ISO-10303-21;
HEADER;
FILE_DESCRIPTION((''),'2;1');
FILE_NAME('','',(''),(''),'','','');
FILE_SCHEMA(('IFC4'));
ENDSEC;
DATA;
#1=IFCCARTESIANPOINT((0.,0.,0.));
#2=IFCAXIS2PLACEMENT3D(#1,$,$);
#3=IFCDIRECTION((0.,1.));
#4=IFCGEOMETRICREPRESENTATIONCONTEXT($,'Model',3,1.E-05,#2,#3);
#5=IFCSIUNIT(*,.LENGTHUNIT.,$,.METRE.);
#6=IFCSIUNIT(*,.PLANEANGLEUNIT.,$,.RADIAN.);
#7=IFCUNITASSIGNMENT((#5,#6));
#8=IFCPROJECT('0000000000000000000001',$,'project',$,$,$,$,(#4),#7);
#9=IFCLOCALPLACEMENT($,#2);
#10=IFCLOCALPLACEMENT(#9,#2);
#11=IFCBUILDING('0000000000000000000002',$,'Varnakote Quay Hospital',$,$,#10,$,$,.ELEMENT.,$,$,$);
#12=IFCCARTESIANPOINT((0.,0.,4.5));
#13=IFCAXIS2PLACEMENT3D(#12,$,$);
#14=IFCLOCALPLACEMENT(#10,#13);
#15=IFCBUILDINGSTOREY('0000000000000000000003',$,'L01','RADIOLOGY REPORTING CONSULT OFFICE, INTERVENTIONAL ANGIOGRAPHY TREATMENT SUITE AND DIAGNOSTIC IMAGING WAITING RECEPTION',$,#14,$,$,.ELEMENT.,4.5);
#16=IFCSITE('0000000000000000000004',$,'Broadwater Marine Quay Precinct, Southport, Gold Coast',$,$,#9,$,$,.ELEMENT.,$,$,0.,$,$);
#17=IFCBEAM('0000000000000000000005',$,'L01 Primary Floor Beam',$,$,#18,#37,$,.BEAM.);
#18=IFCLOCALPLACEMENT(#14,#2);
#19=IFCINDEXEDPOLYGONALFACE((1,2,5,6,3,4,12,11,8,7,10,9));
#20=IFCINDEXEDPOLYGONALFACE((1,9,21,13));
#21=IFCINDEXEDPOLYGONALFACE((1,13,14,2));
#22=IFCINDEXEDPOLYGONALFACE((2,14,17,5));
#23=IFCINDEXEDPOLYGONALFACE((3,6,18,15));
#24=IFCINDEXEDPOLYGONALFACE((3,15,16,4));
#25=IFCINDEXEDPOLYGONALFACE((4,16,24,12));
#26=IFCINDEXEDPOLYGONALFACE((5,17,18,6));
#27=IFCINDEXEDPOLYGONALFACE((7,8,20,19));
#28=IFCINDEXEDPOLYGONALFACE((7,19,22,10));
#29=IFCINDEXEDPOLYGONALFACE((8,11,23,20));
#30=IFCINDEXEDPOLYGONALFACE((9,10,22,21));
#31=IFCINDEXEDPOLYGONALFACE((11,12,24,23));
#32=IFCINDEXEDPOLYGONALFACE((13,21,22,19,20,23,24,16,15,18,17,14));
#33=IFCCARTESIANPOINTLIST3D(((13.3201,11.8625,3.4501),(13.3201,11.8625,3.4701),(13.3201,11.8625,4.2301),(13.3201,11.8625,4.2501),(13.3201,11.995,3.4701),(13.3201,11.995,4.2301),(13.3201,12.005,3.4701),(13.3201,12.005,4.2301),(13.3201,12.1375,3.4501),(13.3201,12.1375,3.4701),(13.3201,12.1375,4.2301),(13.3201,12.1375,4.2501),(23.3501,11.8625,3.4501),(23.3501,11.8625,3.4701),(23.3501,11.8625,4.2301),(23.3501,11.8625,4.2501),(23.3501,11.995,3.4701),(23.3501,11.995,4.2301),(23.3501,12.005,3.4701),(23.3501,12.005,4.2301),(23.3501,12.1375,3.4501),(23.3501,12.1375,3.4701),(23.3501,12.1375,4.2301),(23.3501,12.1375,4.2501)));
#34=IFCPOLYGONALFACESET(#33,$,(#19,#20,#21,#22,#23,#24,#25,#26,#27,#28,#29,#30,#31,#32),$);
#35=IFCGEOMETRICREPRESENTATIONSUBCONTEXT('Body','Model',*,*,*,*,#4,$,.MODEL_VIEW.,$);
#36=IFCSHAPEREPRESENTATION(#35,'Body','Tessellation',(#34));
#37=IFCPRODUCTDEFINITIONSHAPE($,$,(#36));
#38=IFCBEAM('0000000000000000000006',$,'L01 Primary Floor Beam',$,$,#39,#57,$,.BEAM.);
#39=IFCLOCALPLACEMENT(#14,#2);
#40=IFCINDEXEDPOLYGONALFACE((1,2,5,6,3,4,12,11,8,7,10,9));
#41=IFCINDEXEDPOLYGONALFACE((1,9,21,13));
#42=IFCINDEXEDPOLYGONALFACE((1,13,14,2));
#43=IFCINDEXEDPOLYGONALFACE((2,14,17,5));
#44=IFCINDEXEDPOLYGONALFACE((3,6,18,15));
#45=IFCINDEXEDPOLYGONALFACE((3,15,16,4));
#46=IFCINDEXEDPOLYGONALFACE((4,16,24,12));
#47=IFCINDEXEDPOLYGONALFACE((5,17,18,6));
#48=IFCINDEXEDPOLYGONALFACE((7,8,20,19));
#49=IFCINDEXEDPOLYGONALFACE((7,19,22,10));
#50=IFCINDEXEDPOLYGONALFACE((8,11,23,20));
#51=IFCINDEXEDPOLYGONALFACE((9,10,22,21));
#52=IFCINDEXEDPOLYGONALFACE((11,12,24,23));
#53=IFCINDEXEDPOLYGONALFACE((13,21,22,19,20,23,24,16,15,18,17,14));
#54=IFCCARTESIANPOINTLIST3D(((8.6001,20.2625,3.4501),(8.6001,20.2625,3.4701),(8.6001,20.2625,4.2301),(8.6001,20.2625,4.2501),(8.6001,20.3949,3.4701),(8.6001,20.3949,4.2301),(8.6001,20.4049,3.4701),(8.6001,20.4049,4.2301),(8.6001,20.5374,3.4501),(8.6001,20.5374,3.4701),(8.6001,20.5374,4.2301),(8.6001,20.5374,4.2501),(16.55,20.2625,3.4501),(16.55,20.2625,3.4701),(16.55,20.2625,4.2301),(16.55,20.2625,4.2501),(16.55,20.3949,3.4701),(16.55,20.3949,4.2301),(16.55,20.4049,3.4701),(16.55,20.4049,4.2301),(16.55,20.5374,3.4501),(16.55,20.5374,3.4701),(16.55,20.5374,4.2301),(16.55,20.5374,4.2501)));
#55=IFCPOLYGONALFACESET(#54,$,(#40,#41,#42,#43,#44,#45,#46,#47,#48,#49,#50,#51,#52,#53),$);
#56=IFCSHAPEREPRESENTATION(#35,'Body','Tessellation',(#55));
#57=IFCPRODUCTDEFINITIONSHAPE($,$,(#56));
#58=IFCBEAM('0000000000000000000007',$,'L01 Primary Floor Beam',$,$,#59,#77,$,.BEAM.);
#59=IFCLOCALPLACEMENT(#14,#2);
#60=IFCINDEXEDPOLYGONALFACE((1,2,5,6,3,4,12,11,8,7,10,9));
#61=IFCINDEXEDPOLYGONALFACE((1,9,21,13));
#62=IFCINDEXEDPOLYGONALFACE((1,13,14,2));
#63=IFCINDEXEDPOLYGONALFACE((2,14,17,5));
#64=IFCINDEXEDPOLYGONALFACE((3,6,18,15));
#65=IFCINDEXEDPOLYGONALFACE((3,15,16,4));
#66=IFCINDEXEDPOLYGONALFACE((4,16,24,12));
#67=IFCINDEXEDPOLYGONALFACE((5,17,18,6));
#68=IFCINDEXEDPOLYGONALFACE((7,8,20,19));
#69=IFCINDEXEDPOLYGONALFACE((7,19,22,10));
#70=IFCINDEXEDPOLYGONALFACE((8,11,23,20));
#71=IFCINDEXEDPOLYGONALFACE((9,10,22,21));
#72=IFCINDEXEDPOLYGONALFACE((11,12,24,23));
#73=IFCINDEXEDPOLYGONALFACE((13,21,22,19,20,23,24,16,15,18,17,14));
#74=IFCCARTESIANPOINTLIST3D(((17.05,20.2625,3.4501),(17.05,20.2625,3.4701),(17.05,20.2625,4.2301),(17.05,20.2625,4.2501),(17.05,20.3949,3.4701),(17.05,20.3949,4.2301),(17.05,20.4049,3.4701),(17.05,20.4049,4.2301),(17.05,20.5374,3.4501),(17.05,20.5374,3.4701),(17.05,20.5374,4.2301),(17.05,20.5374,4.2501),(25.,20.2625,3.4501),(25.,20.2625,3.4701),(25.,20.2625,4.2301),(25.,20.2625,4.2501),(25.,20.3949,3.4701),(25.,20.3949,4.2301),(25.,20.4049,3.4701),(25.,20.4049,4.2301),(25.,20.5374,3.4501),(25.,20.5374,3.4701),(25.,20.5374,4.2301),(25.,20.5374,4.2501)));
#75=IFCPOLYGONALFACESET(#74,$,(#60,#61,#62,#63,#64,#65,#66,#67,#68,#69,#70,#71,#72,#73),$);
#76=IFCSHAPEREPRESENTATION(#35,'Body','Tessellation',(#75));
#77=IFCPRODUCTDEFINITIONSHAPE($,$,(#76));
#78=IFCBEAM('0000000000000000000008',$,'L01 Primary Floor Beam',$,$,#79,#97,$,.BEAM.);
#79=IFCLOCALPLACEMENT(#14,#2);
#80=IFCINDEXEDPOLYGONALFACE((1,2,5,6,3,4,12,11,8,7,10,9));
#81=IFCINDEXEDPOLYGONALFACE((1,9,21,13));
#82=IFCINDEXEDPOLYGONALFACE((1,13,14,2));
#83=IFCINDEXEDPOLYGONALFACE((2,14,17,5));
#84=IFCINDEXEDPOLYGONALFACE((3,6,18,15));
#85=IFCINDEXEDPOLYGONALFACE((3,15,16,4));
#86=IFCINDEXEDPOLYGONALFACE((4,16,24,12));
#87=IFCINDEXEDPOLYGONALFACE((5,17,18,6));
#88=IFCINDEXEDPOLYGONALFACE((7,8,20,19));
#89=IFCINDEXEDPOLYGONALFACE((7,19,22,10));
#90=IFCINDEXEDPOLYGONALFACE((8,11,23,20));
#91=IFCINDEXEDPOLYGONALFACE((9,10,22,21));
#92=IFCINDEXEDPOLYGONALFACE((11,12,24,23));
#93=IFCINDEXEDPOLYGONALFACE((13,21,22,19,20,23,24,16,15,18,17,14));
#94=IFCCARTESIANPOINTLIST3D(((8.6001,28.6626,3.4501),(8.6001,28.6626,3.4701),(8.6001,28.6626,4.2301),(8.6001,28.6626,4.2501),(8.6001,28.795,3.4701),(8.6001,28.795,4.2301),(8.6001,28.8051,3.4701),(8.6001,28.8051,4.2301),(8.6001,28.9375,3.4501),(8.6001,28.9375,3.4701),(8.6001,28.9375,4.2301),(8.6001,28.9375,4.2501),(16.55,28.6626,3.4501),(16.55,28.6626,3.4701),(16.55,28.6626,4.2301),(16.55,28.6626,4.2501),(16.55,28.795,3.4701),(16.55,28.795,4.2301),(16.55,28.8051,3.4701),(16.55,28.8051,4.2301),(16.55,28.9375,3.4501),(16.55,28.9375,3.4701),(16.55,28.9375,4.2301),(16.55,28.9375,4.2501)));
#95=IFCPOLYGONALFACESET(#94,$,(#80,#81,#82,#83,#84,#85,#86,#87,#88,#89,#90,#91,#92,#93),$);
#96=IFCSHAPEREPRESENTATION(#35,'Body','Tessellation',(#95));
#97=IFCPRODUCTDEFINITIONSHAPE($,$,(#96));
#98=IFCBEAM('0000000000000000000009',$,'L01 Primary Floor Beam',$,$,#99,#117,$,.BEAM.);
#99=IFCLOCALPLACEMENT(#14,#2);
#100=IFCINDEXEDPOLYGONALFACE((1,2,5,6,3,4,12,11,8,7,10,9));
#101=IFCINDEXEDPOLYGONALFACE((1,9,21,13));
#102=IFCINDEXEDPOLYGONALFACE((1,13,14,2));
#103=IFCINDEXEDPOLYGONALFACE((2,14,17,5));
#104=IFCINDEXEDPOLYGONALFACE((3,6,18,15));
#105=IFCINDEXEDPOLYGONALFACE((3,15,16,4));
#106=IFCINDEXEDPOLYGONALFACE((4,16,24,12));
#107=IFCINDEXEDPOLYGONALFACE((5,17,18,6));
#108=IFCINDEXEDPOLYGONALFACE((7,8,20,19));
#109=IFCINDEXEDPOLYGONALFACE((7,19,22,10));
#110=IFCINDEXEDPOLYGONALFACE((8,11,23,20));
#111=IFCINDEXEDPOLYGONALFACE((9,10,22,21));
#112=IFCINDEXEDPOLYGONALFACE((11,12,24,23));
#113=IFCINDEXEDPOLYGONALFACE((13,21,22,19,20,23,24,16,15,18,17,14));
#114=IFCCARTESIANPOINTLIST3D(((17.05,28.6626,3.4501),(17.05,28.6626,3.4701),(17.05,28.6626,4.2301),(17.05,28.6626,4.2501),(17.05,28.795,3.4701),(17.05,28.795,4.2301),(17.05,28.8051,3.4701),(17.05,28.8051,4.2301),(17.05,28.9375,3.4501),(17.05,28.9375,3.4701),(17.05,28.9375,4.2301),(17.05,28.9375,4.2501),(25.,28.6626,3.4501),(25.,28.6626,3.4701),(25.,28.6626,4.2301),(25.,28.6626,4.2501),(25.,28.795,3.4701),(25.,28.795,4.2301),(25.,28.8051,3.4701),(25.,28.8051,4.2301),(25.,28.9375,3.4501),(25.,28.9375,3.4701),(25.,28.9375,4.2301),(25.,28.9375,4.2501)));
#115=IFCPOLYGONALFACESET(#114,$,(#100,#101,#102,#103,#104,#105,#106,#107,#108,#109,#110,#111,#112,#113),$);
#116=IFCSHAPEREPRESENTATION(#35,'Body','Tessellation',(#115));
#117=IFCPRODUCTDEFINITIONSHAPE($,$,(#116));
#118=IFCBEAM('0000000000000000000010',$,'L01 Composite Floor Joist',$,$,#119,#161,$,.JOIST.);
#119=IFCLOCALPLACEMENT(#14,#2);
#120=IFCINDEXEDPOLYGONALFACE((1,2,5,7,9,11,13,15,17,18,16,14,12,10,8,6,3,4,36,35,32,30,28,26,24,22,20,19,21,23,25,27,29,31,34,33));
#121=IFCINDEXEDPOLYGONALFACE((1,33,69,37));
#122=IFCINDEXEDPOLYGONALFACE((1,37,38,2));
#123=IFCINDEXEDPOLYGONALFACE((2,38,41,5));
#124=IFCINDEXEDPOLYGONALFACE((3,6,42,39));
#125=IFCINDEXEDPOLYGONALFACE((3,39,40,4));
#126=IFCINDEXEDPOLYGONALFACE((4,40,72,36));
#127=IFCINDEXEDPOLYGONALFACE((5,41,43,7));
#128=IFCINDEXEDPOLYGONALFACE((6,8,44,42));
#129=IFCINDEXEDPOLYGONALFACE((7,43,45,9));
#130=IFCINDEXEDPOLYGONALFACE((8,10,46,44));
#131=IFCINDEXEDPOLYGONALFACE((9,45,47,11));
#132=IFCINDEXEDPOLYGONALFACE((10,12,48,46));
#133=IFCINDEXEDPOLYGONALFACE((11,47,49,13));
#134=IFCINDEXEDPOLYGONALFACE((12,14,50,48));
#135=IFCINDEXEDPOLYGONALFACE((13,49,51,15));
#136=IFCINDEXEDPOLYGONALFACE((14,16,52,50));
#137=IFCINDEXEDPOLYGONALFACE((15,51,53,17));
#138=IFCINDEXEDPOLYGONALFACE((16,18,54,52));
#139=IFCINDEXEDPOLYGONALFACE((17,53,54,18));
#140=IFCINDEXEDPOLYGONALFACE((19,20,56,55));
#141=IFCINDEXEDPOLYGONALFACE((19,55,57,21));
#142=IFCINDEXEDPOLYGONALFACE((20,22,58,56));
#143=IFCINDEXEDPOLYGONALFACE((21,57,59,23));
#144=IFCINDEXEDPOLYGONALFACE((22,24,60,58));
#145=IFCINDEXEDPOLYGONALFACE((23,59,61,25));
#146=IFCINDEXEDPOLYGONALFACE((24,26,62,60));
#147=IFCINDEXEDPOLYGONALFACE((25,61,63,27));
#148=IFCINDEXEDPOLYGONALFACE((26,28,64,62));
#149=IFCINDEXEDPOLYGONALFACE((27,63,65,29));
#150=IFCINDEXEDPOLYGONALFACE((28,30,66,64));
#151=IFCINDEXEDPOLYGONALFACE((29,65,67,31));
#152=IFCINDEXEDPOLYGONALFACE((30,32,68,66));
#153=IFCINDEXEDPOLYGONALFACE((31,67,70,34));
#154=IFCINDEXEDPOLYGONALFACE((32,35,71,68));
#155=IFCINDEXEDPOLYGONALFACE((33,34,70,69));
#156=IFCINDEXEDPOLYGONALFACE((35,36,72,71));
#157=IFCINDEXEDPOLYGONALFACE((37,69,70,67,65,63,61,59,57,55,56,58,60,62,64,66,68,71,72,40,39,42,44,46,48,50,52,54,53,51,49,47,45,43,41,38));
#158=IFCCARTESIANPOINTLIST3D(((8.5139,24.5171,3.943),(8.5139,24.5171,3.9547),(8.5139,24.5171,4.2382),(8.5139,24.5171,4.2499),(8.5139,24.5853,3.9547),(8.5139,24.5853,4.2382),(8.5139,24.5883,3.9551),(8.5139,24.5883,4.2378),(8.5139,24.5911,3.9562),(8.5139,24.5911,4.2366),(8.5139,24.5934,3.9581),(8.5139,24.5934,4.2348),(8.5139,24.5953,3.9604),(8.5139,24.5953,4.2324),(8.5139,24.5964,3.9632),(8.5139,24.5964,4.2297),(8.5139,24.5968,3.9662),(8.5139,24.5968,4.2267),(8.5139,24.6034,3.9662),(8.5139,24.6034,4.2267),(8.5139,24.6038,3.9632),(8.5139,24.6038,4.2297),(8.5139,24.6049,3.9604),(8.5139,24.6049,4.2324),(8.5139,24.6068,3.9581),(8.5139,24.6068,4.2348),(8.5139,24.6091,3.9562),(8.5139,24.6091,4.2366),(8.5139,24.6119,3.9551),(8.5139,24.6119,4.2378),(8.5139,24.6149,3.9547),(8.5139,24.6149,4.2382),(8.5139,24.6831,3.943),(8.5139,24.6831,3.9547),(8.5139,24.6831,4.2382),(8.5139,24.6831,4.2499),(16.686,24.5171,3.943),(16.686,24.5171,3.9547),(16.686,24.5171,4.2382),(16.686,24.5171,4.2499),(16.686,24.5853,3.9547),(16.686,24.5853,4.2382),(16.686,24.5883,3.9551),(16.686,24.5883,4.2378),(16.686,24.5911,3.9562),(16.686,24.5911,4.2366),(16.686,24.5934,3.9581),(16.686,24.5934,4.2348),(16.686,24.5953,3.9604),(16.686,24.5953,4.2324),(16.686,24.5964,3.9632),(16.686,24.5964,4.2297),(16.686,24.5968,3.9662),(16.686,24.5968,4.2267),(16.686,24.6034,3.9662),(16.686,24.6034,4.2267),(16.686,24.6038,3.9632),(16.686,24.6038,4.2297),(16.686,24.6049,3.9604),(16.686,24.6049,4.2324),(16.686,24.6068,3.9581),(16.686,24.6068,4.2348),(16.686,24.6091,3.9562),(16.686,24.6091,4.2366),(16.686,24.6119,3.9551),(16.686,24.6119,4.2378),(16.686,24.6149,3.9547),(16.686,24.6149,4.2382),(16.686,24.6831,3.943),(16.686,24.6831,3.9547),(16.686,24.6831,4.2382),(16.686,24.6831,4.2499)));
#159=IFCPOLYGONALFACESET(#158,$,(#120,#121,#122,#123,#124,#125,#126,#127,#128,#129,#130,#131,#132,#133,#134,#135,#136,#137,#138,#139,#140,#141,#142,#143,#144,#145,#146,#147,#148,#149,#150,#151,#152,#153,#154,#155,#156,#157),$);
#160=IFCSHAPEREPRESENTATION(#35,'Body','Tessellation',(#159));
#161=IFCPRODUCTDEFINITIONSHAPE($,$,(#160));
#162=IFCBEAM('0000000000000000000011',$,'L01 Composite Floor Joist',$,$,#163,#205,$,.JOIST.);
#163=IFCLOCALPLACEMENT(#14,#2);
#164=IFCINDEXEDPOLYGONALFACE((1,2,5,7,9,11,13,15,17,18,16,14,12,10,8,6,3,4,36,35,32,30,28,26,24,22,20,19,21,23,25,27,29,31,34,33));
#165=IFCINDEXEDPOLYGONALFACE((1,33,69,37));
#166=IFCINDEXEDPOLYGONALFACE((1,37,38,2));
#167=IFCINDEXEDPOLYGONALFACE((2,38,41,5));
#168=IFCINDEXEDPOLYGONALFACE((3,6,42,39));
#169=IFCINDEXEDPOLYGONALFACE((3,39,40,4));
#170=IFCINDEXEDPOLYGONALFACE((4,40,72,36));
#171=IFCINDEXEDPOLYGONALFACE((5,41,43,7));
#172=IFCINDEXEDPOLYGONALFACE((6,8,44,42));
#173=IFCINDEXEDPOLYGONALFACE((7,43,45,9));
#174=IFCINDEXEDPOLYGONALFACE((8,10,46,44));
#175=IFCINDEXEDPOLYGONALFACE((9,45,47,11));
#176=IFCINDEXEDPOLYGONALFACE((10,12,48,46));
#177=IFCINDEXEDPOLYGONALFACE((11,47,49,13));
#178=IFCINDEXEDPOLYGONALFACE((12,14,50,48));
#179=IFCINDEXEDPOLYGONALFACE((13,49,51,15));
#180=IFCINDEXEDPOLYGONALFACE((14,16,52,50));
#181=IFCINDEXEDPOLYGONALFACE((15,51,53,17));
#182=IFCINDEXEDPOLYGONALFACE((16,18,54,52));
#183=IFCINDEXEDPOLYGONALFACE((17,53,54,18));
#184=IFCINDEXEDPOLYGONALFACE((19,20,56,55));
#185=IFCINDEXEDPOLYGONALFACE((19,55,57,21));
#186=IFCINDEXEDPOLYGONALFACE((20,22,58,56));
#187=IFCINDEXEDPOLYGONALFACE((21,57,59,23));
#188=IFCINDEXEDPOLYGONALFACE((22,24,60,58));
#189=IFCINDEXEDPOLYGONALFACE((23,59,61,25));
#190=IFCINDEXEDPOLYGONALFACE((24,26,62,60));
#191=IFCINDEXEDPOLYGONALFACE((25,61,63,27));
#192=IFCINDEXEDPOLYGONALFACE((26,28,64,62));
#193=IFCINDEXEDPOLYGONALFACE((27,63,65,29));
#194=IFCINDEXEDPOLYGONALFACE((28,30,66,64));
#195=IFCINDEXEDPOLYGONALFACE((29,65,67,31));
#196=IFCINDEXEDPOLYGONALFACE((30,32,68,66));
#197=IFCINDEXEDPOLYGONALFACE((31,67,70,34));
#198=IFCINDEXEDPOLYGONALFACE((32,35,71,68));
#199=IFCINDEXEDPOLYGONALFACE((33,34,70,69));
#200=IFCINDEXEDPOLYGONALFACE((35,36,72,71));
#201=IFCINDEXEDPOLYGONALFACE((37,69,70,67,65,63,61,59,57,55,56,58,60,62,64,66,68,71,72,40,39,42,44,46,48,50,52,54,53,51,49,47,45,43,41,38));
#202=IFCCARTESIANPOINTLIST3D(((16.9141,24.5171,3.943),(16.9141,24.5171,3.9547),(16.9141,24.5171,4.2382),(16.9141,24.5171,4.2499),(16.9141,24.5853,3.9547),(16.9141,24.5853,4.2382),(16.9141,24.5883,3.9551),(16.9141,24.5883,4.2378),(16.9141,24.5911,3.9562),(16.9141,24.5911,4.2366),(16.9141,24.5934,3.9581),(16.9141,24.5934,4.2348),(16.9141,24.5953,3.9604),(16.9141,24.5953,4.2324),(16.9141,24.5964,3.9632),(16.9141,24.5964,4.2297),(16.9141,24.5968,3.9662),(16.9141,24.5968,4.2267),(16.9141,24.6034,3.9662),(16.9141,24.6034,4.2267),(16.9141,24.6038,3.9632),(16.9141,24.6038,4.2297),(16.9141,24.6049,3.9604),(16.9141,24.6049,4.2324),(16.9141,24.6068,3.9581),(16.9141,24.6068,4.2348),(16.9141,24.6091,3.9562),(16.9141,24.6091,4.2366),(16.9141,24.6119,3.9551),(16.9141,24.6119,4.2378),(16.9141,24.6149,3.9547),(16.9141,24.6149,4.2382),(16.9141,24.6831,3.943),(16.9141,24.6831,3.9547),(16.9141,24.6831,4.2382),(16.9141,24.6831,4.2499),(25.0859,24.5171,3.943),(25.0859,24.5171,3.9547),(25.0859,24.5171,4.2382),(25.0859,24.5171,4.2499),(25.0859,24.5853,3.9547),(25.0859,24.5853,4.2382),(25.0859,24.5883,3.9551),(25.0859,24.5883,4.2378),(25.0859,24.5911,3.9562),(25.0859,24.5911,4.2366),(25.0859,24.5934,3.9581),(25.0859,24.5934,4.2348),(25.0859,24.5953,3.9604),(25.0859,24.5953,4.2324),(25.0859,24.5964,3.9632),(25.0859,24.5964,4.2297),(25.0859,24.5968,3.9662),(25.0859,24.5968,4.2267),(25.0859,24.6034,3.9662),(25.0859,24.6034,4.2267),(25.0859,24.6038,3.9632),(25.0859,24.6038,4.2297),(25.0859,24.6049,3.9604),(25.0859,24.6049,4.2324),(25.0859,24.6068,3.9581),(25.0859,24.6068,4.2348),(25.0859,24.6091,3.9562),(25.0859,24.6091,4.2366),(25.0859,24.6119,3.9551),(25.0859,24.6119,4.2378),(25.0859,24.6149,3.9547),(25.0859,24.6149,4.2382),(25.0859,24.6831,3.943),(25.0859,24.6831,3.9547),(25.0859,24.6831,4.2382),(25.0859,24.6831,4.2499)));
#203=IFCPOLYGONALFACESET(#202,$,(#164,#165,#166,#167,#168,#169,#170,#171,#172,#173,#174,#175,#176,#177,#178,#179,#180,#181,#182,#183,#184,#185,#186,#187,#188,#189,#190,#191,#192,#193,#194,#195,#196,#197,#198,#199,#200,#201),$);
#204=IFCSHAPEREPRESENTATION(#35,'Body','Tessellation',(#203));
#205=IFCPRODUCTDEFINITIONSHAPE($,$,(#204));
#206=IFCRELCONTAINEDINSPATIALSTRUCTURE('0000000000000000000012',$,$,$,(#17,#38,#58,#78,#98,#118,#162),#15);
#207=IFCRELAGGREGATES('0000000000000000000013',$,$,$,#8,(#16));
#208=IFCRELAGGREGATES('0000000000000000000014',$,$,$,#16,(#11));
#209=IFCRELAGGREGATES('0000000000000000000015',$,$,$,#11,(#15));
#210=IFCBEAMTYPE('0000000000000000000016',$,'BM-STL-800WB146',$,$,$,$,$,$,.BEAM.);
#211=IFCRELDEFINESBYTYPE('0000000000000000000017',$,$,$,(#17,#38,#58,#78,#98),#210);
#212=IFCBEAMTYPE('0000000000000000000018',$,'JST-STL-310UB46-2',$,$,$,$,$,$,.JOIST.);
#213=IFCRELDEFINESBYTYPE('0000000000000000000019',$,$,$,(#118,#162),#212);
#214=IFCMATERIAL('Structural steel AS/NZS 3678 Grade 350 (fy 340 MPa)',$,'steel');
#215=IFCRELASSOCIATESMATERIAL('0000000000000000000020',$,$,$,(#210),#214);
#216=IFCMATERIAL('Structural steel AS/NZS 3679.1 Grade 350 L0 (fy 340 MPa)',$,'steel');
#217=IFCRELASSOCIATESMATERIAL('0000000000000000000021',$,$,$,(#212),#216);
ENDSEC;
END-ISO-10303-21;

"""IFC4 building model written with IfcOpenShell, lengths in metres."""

from ifc_helpers import new_model, si_unit, direction, frame, origin, origin_2d, place, context, subcontext, project, spatial, i_section, extrude, material, material_profile, profile_set, type_object, element, save


model = new_model("IFC4")

# Units and contexts
model_context = context("Model", 3, precision=1e-05, world=origin(), true_north=direction((0.0, 1.0)))
body_context = subcontext(model_context, "Body", "Model", "MODEL_VIEW")
ifc_project = project(units=[si_unit("LENGTHUNIT", "METRE"), si_unit("PLANEANGLEUNIT", "RADIAN")], contexts=[model_context])

# Site, building, storey
site_placement = place(None, origin())
site = spatial("IfcSite", under=ifc_project, at=site_placement, Name="Broadwater Marine Quay Precinct, Southport, Gold Coast", CompositionType="ELEMENT", RefElevation=0.0)
building_placement = place(site_placement, origin())
building = spatial("IfcBuilding", under=site, at=building_placement, Name="Varnakote Quay Hospital", CompositionType="ELEMENT")
storey_placement = place(building_placement, frame((0.0, 0.0, 4.5)))
storey = spatial("IfcBuildingStorey", under=building, at=storey_placement, Name="L01", Description="RADIOLOGY REPORTING CONSULT OFFICE, INTERVENTIONAL ANGIOGRAPHY TREATMENT SUITE AND DIAGNOSTIC IMAGING WAITING RECEPTION", CompositionType="ELEMENT", Elevation=4.5)

# Beams
ifc_material_1 = material(Name="Structural steel AS/NZS 3678 Grade 350 (fy 340 MPa)", Category="steel")
ifc_material_profile_1 = material_profile(ifc_material_1, i_section(OverallWidth=0.2749, OverallDepth=0.8, WebThickness=0.01, FlangeThickness=0.02, at=origin_2d()), Name="800WB146")
ifc_profile_set_1 = profile_set([ifc_material_profile_1], Name="Structural steel AS/NZS 3678 Grade 350 (fy 340 MPa)")
beam_type_1 = type_object("IfcBeamType", Name="BM-STL-800WB146", PredefinedType="BEAM", material=ifc_profile_set_1)
beam_1_placement = place(storey_placement, frame((13.3201, 12.0, 3.8501), z_axis=(1.0, 0.0, 0.0), x_axis=(0.0, 1.0, 0.0)))
element("IfcBeam", 1, at=beam_1_placement, inside=storey, type_object=beam_type_1, Name="L01 Primary Floor Beam", PredefinedType="BEAM", context=body_context, shape_type="SweptSolid", body=[
    extrude(i_section(OverallWidth=0.2749, OverallDepth=0.8, WebThickness=0.01, FlangeThickness=0.02, at=origin_2d()), origin(), (0.0, 0.0, 1.0), 10.03),
])
for number, where, z_axis, x_axis, name in (
    (2, (8.6001, 20.3999, 3.8501), (1.0, 0.0, 0.0), (0.0, 1.0, 0.0), "L01 Primary Floor Beam"),
    (3, (17.05, 20.3999, 3.8501), (1.0, 0.0, 0.0), (0.0, 1.0, 0.0), "L01 Primary Floor Beam"),
    (4, (8.6001, 28.8, 3.8501), (1.0, 0.0, 0.0), (0.0, 1.0, 0.0), "L01 Primary Floor Beam"),
    (5, (17.05, 28.8, 3.8501), (1.0, 0.0, 0.0), (0.0, 1.0, 0.0), "L01 Primary Floor Beam"),
):
    element("IfcBeam", number, at=place(storey_placement, frame(where, z_axis=z_axis, x_axis=x_axis)), inside=storey, type_object=beam_type_1, Name=name, PredefinedType="BEAM", context=body_context, shape_type="SweptSolid", body=[
        extrude(i_section(OverallWidth=0.2749, OverallDepth=0.8, WebThickness=0.01, FlangeThickness=0.02, at=origin_2d()), origin(), (0.0, 0.0, 1.0), 7.95),
    ])
ifc_material_2 = material(Name="Structural steel AS/NZS 3679.1 Grade 350 L0 (fy 340 MPa)", Category="steel")
ifc_material_profile_2 = material_profile(ifc_material_2, i_section(OverallWidth=0.166, OverallDepth=0.3069, WebThickness=0.0066, FlangeThickness=0.0117, FilletRadius=0.0115, at=origin_2d()), Name="310UB46.2")
ifc_profile_set_2 = profile_set([ifc_material_profile_2], Name="Structural steel AS/NZS 3679.1 Grade 350 L0 (fy 340 MPa)")
beam_type_2 = type_object("IfcBeamType", Name="JST-STL-310UB46-2", PredefinedType="JOIST", material=ifc_profile_set_2)
beam_2_placement = place(storey_placement, frame((8.5139, 24.6001, 4.0964), z_axis=(1.0, 0.0, 0.0), x_axis=(0.0, 1.0, 0.0)))
element("IfcBeam", 6, at=beam_2_placement, inside=storey, type_object=beam_type_2, Name="L01 Composite Floor Joist", PredefinedType="JOIST", context=body_context, shape_type="SweptSolid", body=[
    extrude(i_section(OverallWidth=0.166, OverallDepth=0.3069, WebThickness=0.0066, FlangeThickness=0.0117, FilletRadius=0.0115, at=origin_2d()), origin(), (0.0, 0.0, 1.0), 8.1721),
])
beam_3_placement = place(storey_placement, frame((16.9141, 24.6001, 4.0964), z_axis=(1.0, 0.0, 0.0), x_axis=(0.0, 1.0, 0.0)))
element("IfcBeam", 7, at=beam_3_placement, inside=storey, type_object=beam_type_2, Name="L01 Composite Floor Joist", PredefinedType="JOIST", context=body_context, shape_type="SweptSolid", body=[
    extrude(i_section(OverallWidth=0.166, OverallDepth=0.3069, WebThickness=0.0066, FlangeThickness=0.0117, FilletRadius=0.0115, at=origin_2d()), origin(), (0.0, 0.0, 1.0), 8.1719),
])

save(model, "model.ifc")
